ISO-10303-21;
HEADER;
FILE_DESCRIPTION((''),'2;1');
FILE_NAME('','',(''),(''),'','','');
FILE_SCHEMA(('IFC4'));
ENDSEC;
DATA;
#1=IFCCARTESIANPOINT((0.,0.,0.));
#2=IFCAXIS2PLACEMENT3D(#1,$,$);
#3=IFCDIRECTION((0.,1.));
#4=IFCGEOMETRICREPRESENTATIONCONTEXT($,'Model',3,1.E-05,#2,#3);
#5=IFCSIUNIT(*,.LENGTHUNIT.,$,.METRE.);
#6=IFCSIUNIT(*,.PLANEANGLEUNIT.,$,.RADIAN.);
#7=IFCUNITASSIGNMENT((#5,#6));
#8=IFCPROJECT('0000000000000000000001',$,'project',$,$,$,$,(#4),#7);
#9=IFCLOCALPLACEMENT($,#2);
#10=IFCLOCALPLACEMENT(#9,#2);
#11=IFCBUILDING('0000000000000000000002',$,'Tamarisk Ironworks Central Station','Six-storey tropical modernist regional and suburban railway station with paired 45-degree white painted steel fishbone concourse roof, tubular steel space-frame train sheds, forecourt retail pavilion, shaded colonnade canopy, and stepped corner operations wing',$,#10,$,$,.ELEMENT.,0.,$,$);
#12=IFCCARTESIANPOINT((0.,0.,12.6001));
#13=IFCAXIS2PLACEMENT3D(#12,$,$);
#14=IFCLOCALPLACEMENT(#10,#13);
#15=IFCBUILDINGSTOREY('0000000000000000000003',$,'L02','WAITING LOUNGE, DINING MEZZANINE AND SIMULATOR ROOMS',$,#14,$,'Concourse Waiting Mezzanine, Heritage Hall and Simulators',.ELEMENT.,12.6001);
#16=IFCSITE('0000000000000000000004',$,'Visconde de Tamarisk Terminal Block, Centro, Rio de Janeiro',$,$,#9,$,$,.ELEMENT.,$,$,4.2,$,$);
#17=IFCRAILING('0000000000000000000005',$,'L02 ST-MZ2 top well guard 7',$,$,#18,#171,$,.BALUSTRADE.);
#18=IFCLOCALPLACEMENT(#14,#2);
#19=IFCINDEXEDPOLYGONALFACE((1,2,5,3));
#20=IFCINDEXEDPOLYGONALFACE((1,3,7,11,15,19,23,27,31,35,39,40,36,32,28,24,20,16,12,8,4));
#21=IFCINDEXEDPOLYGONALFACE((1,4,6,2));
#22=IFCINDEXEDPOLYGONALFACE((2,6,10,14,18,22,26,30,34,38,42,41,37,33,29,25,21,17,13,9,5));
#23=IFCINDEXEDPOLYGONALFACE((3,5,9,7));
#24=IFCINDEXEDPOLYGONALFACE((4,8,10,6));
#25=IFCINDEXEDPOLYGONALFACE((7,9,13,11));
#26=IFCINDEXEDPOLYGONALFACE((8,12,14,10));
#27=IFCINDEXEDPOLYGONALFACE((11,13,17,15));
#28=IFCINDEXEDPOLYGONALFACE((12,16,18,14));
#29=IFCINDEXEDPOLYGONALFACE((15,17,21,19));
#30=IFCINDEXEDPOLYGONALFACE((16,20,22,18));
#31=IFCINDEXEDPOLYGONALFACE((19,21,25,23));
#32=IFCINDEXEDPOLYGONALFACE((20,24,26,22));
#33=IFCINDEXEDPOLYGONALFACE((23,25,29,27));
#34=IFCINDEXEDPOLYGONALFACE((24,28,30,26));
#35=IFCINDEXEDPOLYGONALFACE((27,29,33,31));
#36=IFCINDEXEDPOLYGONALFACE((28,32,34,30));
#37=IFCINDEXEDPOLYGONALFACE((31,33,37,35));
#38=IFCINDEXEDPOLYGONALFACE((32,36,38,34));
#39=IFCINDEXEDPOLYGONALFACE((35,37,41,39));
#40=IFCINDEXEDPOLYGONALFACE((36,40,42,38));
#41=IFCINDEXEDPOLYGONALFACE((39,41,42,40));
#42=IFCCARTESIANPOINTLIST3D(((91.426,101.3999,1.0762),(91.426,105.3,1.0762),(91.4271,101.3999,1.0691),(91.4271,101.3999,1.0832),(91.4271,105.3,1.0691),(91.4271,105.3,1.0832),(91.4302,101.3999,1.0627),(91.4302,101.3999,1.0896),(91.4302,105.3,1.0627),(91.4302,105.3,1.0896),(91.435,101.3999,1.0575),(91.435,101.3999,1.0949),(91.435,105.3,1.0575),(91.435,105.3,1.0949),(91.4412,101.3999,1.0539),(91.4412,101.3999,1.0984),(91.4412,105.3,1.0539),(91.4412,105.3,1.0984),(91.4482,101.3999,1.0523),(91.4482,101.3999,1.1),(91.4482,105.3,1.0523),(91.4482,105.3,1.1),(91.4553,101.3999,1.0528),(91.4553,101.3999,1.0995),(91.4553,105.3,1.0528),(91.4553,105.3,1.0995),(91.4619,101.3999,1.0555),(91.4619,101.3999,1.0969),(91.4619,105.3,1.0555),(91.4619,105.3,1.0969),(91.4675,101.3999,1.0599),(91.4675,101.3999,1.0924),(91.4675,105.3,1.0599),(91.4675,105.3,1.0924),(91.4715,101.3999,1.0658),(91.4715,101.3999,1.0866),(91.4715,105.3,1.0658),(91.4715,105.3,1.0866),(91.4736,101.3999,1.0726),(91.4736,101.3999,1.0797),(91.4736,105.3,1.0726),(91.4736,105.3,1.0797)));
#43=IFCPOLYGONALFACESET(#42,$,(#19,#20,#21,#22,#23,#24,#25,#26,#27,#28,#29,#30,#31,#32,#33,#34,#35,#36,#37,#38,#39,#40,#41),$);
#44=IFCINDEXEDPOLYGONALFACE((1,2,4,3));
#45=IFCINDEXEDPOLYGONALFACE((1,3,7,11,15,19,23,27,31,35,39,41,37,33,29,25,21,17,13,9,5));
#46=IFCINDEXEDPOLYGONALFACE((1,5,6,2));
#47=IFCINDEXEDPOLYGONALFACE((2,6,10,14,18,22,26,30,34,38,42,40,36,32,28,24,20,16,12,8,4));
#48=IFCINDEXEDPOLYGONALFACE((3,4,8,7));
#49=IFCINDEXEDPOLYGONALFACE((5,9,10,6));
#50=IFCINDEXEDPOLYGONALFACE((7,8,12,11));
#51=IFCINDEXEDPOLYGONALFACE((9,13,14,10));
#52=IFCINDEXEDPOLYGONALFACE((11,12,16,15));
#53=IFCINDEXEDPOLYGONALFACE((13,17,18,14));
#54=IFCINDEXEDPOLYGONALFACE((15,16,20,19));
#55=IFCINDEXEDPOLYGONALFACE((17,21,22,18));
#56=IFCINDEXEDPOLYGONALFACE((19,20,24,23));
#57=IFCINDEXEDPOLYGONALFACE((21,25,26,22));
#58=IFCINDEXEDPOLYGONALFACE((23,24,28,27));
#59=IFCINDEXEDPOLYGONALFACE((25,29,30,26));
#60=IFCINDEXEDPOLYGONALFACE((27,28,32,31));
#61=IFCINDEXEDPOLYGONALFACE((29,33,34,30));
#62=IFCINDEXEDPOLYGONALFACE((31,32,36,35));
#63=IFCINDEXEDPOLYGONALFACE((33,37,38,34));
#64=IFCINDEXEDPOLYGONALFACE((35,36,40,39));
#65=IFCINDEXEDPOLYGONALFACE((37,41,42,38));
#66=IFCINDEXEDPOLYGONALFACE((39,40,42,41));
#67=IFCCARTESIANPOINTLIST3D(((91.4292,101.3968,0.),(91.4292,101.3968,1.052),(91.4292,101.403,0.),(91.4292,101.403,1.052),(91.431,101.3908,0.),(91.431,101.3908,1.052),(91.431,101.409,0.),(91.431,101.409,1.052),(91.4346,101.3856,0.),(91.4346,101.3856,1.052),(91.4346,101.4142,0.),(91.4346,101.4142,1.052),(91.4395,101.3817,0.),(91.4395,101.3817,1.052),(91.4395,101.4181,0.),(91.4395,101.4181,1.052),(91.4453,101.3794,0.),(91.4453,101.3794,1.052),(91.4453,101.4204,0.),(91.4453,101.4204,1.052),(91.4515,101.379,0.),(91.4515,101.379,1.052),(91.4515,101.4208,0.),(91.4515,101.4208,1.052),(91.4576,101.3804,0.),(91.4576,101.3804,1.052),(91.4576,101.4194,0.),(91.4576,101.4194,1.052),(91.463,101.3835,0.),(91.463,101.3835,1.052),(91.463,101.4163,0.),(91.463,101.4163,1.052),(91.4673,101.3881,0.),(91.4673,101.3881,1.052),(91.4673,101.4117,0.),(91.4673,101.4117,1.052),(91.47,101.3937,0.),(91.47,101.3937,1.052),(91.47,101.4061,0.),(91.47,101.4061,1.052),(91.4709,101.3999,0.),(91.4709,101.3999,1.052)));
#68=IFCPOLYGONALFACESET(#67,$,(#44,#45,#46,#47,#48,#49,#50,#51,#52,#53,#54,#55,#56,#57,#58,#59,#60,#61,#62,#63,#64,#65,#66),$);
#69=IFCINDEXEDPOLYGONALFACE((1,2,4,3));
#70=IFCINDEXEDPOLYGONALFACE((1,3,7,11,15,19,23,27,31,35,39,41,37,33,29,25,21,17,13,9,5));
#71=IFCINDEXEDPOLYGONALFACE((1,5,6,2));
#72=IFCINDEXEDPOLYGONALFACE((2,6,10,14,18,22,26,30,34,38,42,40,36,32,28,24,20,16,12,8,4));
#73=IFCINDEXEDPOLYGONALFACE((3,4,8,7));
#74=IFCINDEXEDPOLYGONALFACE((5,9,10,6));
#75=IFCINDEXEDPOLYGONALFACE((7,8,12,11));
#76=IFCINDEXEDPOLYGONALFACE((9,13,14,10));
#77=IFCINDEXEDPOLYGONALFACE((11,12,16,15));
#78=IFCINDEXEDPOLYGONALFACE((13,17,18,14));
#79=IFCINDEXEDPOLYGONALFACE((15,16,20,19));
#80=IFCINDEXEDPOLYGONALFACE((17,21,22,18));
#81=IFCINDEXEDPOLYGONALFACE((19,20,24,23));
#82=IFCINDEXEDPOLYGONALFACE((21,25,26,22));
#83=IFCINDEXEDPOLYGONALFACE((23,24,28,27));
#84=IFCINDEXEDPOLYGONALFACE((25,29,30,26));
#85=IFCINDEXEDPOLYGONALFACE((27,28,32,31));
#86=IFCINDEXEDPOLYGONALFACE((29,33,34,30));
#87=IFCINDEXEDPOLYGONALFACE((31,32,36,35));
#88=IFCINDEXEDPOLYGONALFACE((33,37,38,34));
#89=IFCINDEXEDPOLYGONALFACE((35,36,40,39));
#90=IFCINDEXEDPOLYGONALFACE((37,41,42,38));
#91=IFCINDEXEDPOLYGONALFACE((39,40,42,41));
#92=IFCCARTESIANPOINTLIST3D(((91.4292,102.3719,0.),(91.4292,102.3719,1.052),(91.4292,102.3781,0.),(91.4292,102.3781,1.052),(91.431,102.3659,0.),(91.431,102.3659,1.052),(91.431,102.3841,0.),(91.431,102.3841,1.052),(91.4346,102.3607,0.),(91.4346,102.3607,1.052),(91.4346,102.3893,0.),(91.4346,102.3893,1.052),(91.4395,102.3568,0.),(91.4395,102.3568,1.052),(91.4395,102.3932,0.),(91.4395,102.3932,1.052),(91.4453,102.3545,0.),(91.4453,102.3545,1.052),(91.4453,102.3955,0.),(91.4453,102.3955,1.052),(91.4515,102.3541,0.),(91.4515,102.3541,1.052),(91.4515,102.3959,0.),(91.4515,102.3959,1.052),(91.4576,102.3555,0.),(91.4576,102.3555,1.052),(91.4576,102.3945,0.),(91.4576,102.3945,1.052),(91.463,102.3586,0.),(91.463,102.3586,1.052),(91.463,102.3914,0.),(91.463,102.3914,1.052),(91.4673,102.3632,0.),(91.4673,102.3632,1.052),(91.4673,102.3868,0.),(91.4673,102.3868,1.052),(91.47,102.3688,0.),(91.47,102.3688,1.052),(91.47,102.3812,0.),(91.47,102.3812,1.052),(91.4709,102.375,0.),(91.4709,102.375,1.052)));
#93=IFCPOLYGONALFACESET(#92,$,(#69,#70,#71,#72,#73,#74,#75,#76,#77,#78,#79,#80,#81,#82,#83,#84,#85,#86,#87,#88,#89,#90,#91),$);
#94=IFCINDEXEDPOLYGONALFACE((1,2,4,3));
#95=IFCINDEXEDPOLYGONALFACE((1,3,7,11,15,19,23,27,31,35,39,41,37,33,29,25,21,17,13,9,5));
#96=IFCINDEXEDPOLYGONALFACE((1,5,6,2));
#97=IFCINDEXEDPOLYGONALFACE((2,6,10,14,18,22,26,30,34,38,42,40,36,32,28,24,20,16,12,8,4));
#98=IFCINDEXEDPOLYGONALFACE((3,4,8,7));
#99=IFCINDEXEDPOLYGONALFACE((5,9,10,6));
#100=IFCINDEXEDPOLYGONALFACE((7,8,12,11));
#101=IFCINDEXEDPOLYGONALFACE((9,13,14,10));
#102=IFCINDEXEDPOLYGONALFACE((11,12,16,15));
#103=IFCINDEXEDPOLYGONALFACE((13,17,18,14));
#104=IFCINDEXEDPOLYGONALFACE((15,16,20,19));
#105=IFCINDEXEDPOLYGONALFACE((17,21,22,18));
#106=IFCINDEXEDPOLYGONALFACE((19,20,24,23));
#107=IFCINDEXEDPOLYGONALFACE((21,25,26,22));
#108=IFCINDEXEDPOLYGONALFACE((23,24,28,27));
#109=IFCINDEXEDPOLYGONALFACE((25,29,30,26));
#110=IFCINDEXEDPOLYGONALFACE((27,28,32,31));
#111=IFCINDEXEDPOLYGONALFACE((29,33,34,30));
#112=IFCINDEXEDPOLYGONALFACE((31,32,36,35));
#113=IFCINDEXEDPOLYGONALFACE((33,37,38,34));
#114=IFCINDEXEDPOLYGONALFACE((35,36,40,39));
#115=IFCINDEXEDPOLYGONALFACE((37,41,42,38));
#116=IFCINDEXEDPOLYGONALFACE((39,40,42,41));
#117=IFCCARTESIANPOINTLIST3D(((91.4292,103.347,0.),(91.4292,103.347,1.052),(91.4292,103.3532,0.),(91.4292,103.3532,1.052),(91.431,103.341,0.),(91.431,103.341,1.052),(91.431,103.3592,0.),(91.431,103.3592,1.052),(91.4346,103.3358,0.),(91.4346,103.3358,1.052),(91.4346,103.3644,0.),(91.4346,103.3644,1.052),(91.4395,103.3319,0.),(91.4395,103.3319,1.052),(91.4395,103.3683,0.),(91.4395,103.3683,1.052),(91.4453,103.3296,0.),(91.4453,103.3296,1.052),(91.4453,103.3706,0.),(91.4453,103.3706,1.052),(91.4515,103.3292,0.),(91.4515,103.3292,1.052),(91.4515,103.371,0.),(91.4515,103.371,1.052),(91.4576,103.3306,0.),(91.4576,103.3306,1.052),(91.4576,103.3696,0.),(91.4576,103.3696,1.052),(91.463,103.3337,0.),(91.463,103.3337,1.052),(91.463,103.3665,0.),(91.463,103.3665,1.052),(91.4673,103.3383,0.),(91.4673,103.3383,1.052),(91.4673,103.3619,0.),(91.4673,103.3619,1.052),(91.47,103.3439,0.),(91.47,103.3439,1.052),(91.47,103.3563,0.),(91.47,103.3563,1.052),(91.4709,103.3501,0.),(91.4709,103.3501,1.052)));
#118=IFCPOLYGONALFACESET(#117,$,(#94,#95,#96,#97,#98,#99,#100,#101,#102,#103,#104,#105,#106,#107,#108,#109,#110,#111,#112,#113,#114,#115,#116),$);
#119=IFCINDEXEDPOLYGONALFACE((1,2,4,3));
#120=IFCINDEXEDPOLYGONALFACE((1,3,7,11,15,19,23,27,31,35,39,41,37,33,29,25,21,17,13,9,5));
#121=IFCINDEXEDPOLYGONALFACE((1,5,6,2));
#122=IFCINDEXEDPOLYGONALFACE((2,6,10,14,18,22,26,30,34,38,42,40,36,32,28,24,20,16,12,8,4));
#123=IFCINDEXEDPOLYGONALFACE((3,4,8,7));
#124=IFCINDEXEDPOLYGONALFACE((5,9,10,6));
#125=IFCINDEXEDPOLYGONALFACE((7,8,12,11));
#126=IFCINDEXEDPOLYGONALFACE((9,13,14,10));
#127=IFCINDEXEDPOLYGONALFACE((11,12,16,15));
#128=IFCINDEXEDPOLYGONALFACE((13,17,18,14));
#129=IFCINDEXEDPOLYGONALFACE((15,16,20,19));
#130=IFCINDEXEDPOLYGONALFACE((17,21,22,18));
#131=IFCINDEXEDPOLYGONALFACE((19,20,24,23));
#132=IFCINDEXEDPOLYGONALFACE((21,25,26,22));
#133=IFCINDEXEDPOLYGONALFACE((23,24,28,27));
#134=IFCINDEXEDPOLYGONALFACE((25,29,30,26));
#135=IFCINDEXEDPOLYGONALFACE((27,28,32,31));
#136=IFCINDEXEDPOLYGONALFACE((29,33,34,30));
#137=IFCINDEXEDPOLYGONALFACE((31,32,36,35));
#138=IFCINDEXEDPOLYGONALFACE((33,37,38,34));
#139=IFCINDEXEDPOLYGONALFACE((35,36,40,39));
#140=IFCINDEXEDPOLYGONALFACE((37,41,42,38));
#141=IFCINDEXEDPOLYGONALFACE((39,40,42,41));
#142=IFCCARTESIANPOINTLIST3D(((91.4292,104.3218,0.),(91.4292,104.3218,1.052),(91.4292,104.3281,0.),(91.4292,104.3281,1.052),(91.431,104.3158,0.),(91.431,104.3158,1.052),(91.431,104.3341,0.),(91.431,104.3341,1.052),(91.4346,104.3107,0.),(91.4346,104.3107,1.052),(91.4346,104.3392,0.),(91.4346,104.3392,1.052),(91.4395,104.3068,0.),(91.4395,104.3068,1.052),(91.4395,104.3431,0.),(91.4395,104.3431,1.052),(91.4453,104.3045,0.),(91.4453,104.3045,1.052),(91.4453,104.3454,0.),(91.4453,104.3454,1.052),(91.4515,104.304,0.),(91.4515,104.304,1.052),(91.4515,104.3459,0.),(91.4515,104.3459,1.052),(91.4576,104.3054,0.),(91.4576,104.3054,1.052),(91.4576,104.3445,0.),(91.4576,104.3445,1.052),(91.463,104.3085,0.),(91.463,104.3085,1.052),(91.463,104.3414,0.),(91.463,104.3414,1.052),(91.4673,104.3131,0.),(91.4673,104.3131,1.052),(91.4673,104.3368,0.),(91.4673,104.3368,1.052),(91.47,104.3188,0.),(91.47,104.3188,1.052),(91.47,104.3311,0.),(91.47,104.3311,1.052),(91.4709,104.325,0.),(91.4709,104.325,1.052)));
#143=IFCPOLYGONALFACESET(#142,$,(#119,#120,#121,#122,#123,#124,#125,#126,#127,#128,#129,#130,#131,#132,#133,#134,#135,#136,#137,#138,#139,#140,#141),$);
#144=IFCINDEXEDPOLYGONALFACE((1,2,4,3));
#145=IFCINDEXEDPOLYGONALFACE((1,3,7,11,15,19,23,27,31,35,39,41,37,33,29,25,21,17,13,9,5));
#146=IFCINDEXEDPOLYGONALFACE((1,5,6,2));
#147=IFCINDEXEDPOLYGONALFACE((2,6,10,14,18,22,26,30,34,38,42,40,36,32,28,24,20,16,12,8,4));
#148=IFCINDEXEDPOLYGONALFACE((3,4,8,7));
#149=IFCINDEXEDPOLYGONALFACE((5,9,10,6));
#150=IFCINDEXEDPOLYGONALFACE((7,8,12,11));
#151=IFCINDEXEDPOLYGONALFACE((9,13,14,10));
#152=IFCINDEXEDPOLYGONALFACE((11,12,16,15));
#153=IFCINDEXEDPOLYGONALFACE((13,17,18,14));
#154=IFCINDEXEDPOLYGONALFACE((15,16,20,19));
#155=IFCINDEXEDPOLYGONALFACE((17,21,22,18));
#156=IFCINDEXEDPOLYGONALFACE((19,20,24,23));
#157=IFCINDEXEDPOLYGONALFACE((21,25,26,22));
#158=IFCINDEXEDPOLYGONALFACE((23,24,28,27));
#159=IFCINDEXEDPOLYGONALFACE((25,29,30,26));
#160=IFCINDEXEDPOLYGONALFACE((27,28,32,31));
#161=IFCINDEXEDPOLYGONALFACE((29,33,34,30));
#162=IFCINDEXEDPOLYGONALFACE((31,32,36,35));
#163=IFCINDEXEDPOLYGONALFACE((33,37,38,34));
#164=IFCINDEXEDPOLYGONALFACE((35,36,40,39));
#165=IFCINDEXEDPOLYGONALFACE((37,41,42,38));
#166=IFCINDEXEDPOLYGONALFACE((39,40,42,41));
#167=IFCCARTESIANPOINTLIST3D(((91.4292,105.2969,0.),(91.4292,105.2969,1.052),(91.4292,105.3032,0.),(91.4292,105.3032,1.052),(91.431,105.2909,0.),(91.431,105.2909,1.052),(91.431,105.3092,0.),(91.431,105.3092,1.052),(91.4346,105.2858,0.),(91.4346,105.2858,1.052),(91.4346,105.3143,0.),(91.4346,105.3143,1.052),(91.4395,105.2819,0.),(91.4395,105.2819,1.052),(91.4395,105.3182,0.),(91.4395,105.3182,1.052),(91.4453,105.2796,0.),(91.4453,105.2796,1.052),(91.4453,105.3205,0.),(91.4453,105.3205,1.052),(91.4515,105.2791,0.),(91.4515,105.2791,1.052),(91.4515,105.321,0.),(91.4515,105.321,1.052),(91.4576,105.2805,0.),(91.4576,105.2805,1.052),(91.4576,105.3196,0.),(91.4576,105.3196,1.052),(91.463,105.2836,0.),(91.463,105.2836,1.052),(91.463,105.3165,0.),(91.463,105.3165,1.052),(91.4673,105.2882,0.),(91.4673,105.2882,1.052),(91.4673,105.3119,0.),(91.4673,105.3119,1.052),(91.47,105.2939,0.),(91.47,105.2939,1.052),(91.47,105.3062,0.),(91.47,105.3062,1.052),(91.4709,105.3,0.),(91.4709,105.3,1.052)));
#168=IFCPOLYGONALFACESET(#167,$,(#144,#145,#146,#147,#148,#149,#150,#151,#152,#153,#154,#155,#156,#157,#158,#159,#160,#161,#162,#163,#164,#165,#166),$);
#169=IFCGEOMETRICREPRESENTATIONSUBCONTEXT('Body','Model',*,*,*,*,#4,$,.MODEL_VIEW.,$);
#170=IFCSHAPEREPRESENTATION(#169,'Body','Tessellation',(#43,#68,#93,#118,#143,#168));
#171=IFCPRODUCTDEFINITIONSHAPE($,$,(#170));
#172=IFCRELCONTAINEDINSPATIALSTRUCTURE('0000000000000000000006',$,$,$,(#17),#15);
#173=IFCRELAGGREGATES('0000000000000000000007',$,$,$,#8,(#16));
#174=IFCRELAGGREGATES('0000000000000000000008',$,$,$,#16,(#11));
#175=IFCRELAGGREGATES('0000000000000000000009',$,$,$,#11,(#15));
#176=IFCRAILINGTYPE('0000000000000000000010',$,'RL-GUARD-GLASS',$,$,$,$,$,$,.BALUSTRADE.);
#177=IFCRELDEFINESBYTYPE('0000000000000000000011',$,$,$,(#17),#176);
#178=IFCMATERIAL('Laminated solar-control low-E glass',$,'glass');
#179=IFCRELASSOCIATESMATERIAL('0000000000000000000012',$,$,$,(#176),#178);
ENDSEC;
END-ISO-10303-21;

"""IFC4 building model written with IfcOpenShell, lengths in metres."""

from ifc_helpers import new_model, si_unit, direction, frame, origin, origin_2d, place, context, subcontext, project, spatial, circle, extrude, material, type_object, element, save


model = new_model("IFC4")

# Units and contexts
model_context = context("Model", 3, precision=1e-05, world=origin(), true_north=direction((0.0, 1.0)))
body_context = subcontext(model_context, "Body", "Model", "MODEL_VIEW")
ifc_project = project(units=[si_unit("LENGTHUNIT", "METRE"), si_unit("PLANEANGLEUNIT", "RADIAN")], contexts=[model_context])

# Site, building, storey
site_placement = place(None, origin())
site = spatial("IfcSite", under=ifc_project, at=site_placement, Name="Visconde de Tamarisk Terminal Block, Centro, Rio de Janeiro", CompositionType="ELEMENT", RefElevation=4.2)
building_placement = place(site_placement, origin())
building = spatial("IfcBuilding", under=site, at=building_placement, Name="Tamarisk Ironworks Central Station", Description="Six-storey tropical modernist regional and suburban railway station with paired 45-degree white painted steel fishbone concourse roof, tubular steel space-frame train sheds, forecourt retail pavilion, shaded colonnade canopy, and stepped corner operations wing", CompositionType="ELEMENT", ElevationOfRefHeight=0.0)
storey_placement = place(building_placement, frame((0.0, 0.0, 12.6001)))
storey = spatial("IfcBuildingStorey", under=building, at=storey_placement, Name="L02", Description="WAITING LOUNGE, DINING MEZZANINE AND SIMULATOR ROOMS", LongName="Concourse Waiting Mezzanine, Heritage Hall and Simulators", CompositionType="ELEMENT", Elevation=12.6001)

# Shared definitions
ifc_material_1 = material(Name="Laminated solar-control low-E glass", Category="glass")

# Railing
railing_type_1 = type_object("IfcRailingType", Name="RL-GUARD-GLASS", PredefinedType="BALUSTRADE", material=ifc_material_1)
railing_1_placement = place(storey_placement, frame((91.45, 101.3999, 0.0)))
element("IfcRailing", 1, at=railing_1_placement, inside=storey, type_object=railing_type_1, Name="L02 ST-MZ2 top well guard 7", PredefinedType="BALUSTRADE", context=body_context, shape_type="SweptSolid", body=[
    extrude(circle(Radius=0.0239, at=origin_2d()), frame((0.0, 0.0, 1.0762), z_axis=(0.0, 1.0, 0.0), x_axis=(-1.0, 0.0, 0.0)), (0.0, 0.0, 1.0), 3.9001),
    extrude(circle(Radius=0.021, at=origin_2d()), origin(), (0.0, 0.0, 1.0), 1.052),
    extrude(circle(Radius=0.021, at=origin_2d()), frame((0.0, 0.9751, 0.0)), (0.0, 0.0, 1.0), 1.052),
    extrude(circle(Radius=0.021, at=origin_2d()), frame((0.0, 1.9502, 0.0)), (0.0, 0.0, 1.0), 1.052),
    extrude(circle(Radius=0.021, at=origin_2d()), frame((0.0, 2.925, 0.0)), (0.0, 0.0, 1.0), 1.052),
    extrude(circle(Radius=0.021, at=origin_2d()), frame((0.0, 3.9001, 0.0)), (0.0, 0.0, 1.0), 1.052),
])

save(model, "model.ifc")
